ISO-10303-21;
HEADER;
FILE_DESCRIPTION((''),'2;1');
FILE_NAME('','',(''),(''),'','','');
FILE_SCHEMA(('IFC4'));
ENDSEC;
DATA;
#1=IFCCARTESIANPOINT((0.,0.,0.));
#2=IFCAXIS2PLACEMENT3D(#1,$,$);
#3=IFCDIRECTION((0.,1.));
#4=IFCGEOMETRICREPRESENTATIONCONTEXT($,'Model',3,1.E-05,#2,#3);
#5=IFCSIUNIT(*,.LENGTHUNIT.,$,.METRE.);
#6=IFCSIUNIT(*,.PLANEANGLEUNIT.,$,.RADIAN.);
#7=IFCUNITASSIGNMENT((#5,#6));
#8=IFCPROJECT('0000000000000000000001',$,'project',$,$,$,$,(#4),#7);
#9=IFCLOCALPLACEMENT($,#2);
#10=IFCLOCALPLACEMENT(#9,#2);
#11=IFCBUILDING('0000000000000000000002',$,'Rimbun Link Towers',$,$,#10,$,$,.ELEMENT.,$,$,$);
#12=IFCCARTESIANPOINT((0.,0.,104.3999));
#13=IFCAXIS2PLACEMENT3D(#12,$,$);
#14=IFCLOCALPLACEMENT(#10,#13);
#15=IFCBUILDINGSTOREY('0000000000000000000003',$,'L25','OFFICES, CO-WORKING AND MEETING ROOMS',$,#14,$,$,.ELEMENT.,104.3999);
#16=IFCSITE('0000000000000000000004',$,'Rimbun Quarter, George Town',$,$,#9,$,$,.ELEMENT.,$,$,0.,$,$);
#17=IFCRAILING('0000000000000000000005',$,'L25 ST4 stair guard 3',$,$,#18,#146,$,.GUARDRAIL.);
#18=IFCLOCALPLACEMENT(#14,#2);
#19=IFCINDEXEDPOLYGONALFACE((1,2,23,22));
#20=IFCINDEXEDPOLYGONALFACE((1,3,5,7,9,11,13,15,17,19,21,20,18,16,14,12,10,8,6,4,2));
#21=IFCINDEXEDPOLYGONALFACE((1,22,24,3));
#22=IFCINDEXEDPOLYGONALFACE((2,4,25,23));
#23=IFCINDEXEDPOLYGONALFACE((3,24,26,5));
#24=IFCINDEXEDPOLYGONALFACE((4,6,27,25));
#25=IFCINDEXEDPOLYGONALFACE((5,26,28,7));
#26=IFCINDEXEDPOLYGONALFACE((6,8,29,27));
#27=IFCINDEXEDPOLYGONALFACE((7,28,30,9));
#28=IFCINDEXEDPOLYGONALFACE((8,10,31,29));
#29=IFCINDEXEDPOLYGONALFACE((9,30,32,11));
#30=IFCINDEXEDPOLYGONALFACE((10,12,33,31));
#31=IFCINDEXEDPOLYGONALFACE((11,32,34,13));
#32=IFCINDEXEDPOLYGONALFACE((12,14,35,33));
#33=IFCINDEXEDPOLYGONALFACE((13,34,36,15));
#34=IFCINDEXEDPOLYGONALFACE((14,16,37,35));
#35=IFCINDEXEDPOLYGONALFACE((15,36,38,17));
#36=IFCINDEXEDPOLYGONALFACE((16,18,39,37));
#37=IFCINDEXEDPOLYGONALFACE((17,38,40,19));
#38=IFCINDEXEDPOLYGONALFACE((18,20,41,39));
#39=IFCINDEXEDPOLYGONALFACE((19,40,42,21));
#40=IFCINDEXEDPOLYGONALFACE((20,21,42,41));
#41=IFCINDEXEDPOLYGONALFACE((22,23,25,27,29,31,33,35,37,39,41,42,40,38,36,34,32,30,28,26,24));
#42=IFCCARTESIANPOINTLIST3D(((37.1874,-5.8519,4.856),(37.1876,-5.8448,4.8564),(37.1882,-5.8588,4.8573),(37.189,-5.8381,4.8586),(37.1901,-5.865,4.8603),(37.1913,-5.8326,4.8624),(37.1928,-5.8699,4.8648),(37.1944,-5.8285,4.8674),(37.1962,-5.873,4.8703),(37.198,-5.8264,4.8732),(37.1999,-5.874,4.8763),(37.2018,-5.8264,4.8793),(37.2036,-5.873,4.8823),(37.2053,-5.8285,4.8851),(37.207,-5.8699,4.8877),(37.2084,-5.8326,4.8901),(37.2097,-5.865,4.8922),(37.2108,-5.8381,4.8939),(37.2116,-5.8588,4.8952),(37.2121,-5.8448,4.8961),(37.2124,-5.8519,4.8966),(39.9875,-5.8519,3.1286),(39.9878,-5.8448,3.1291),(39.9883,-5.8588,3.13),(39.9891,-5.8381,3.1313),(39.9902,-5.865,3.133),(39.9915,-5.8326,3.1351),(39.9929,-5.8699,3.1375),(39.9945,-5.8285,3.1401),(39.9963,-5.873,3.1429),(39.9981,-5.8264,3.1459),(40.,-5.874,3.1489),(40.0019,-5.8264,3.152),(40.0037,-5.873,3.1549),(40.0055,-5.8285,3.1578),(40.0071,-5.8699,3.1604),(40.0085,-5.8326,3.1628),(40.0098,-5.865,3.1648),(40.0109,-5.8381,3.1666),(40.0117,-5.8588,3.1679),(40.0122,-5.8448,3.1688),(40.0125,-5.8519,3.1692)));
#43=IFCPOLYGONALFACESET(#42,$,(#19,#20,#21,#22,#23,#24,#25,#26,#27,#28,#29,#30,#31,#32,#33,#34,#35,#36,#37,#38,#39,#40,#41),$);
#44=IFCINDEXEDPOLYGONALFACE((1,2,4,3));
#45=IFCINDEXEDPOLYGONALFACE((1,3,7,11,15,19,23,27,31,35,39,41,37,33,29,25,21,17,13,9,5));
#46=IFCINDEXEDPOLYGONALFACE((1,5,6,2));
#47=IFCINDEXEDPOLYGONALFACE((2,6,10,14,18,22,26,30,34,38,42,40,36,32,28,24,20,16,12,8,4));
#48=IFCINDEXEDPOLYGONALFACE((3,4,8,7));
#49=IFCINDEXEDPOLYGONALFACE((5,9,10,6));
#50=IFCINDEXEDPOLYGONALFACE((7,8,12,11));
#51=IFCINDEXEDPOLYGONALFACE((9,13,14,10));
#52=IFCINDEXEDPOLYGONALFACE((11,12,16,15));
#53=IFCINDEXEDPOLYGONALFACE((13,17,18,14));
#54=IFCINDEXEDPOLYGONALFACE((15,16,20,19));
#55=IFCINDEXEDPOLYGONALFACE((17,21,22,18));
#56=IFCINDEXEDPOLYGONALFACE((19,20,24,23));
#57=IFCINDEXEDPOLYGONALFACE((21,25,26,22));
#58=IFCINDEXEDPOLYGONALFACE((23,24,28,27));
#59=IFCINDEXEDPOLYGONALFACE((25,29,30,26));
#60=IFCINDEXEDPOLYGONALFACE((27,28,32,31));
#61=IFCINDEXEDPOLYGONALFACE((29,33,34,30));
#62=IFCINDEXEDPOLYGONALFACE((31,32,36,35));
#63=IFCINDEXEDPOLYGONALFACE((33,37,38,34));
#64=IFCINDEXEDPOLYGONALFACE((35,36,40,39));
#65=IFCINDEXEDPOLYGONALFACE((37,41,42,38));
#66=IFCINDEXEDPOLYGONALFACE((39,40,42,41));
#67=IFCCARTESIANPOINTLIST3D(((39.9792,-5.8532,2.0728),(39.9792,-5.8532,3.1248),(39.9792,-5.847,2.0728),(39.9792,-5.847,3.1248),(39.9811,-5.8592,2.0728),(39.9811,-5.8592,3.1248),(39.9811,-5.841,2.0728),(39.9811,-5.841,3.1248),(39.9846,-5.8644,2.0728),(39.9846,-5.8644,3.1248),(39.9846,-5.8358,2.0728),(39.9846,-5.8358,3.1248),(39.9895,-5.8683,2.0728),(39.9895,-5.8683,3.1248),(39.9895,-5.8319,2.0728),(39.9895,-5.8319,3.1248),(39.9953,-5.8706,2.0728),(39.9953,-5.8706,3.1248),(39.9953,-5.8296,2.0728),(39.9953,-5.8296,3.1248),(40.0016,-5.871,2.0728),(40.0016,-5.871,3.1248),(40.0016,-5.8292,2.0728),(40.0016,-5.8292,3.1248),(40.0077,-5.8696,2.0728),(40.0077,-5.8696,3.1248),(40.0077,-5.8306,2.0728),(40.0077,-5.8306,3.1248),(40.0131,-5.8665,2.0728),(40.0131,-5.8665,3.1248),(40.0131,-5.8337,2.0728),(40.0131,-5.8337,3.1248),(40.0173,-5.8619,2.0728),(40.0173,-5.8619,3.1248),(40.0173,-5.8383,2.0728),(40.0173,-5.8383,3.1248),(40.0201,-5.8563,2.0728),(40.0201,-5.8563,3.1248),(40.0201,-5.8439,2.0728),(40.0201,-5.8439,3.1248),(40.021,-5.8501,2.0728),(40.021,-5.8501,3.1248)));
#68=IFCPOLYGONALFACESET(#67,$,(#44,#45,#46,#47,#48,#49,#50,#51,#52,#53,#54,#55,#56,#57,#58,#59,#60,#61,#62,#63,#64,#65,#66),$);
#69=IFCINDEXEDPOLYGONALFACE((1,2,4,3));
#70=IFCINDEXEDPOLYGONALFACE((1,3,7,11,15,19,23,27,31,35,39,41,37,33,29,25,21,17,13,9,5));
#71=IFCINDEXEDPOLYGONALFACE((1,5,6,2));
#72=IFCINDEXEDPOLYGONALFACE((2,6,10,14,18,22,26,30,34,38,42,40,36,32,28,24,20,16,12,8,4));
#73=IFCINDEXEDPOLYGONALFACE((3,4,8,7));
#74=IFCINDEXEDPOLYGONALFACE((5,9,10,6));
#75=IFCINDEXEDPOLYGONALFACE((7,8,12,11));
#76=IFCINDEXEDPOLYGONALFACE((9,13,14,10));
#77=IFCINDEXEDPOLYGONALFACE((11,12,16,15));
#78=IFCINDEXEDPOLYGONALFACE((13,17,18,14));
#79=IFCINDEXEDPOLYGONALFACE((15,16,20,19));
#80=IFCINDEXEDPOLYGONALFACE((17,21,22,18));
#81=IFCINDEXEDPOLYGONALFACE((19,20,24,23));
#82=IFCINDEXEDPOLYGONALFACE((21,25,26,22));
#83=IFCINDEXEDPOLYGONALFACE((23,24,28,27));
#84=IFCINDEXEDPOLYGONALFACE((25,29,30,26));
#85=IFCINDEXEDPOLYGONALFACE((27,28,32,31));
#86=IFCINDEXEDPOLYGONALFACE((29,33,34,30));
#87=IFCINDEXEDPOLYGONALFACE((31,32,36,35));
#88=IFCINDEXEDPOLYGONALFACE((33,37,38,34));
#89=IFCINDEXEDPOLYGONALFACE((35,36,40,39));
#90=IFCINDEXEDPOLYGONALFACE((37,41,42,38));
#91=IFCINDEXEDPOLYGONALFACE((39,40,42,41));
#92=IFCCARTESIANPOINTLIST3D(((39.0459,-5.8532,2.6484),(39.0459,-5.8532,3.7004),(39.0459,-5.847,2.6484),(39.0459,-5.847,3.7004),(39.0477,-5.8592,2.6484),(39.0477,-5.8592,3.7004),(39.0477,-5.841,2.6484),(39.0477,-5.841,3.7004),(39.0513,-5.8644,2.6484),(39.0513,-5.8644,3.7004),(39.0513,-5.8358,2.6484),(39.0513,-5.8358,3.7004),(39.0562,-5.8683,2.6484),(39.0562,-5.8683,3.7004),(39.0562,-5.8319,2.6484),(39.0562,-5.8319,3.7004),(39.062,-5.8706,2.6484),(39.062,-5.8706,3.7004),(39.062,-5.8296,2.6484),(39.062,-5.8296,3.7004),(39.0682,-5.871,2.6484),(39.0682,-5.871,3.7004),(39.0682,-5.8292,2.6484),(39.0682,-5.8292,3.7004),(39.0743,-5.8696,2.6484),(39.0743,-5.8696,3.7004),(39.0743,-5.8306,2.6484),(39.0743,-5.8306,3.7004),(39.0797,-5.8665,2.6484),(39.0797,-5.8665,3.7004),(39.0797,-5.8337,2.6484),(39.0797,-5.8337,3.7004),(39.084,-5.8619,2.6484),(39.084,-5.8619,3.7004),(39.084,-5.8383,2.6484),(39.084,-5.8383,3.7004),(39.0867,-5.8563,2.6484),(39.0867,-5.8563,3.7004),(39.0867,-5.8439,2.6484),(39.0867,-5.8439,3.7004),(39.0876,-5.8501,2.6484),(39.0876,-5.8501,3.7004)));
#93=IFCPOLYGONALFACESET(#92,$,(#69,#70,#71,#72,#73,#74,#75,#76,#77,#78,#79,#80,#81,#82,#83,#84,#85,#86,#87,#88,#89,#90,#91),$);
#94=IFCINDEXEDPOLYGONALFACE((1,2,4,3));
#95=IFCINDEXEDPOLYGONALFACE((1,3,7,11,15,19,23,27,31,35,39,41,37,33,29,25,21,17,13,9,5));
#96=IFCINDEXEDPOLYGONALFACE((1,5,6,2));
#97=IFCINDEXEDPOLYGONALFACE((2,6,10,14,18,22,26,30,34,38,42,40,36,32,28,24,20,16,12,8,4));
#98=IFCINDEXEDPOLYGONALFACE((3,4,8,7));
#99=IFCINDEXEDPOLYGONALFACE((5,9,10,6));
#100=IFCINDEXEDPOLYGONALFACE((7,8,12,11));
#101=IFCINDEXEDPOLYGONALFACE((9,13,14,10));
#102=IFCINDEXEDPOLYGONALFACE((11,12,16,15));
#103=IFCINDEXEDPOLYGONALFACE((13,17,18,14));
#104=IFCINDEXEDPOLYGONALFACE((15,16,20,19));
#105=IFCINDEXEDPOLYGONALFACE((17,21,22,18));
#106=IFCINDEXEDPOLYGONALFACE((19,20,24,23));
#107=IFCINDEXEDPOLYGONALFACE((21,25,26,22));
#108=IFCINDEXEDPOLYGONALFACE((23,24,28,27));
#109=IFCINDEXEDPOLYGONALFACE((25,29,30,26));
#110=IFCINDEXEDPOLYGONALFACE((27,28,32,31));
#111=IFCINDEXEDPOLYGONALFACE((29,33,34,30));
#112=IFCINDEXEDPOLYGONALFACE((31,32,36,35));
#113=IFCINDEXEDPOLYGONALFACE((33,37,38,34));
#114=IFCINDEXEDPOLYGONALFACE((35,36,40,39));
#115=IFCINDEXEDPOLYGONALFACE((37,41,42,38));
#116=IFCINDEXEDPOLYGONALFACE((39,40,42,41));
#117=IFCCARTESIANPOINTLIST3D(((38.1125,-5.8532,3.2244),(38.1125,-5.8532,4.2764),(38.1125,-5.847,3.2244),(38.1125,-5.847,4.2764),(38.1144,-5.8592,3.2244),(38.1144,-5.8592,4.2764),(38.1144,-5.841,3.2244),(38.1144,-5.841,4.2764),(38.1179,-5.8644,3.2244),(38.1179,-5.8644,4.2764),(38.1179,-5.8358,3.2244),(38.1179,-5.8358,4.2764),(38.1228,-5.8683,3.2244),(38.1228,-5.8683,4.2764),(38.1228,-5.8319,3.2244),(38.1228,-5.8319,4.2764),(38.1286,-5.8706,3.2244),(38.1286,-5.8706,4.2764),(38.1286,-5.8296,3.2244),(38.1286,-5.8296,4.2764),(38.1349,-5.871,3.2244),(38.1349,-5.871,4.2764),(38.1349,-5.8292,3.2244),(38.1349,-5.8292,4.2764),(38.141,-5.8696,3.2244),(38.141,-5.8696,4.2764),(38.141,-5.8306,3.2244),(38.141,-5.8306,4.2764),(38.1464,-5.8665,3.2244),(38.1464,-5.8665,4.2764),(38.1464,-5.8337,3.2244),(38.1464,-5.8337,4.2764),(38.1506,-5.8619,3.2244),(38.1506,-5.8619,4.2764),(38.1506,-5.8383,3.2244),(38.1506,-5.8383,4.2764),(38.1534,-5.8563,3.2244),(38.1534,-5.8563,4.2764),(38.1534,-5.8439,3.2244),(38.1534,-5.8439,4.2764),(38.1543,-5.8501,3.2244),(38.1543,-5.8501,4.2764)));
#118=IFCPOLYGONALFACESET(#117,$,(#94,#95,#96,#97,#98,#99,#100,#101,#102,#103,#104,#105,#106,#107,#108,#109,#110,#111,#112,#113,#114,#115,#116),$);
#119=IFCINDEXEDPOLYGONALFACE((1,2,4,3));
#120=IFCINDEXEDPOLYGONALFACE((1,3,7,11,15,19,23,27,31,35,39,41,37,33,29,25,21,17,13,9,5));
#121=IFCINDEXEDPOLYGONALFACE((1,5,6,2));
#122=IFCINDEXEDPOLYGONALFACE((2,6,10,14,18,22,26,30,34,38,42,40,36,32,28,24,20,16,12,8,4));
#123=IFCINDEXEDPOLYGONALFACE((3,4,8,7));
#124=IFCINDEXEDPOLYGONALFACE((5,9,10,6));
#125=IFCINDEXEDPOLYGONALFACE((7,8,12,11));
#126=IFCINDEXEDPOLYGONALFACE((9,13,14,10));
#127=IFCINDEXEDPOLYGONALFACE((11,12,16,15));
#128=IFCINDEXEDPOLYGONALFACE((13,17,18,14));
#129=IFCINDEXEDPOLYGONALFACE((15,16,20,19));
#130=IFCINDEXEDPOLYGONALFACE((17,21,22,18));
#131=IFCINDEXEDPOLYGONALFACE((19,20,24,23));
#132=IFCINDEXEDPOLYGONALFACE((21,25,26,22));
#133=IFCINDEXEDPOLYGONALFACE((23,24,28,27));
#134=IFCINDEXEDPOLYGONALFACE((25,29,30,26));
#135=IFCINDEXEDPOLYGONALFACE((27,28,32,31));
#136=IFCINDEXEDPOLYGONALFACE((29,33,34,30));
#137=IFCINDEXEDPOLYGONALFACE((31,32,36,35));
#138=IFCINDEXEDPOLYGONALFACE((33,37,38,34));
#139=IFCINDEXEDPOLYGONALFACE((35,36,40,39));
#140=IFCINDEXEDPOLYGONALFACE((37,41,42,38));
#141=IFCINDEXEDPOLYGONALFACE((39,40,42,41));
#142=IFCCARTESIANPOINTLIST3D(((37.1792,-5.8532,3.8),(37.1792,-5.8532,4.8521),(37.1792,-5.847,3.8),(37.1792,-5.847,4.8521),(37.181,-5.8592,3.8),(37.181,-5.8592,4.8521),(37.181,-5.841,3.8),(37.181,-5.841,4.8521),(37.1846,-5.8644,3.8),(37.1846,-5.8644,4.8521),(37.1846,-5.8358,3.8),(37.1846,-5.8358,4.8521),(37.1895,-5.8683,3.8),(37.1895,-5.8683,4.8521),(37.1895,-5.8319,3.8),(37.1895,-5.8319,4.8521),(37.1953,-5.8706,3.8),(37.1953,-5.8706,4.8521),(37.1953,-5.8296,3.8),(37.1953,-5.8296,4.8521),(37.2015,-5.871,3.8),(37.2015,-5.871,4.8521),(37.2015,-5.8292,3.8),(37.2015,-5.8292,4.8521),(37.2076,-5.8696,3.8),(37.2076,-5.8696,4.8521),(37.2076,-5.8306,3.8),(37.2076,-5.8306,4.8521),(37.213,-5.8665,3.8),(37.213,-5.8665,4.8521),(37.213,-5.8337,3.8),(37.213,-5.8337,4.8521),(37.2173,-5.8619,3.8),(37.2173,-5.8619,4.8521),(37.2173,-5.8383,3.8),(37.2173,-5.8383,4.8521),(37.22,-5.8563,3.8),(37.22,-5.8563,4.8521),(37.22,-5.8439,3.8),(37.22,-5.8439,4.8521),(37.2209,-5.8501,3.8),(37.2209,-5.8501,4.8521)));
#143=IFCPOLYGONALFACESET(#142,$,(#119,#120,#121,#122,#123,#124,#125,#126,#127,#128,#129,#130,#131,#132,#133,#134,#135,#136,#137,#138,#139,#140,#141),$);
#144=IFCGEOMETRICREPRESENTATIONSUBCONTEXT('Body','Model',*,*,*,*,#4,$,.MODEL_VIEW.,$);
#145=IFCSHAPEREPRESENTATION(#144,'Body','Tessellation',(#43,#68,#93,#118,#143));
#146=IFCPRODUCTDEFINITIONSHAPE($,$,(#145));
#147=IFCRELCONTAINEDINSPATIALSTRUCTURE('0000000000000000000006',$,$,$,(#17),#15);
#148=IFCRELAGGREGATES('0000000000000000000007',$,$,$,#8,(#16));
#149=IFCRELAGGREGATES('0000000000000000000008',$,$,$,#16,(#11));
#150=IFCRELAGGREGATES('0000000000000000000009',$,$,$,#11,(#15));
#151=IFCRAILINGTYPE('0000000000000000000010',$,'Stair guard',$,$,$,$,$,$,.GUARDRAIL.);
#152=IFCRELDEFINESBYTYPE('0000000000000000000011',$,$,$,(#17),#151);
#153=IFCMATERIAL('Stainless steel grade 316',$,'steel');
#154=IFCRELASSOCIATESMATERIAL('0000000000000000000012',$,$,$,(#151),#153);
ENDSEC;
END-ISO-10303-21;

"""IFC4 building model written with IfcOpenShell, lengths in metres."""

from ifc_helpers import new_model, si_unit, direction, frame, origin, origin_2d, place, context, subcontext, project, spatial, circle, extrude, material, type_object, element, save


model = new_model("IFC4")

# Units and contexts
model_context = context("Model", 3, precision=1e-05, world=origin(), true_north=direction((0.0, 1.0)))
body_context = subcontext(model_context, "Body", "Model", "MODEL_VIEW")
ifc_project = project(units=[si_unit("LENGTHUNIT", "METRE"), si_unit("PLANEANGLEUNIT", "RADIAN")], contexts=[model_context])

# Site, building, storey
site_placement = place(None, origin())
site = spatial("IfcSite", under=ifc_project, at=site_placement, Name="Rimbun Quarter, George Town", CompositionType="ELEMENT", RefElevation=0.0)
building_placement = place(site_placement, origin())
building = spatial("IfcBuilding", under=site, at=building_placement, Name="Rimbun Link Towers", CompositionType="ELEMENT")
storey_placement = place(building_placement, frame((0.0, 0.0, 104.3999)))
storey = spatial("IfcBuildingStorey", under=building, at=storey_placement, Name="L25", Description="OFFICES, CO-WORKING AND MEETING ROOMS", CompositionType="ELEMENT", Elevation=104.3999)

# Railing
ifc_material_1 = material(Name="Stainless steel grade 316", Category="steel")
railing_type_1 = type_object("IfcRailingType", Name="Stair guard", PredefinedType="GUARDRAIL", material=ifc_material_1)
railing_1_placement = place(storey_placement, frame((40.0, -5.8501, 2.0728)))
element("IfcRailing", 1, at=railing_1_placement, inside=storey, type_object=railing_type_1, Name="L25 ST4 stair guard 3", PredefinedType="GUARDRAIL", context=body_context, shape_type="SweptSolid", body=[
    extrude(circle(Radius=0.0239, at=origin_2d()), frame((0.0, 0.0, 1.0762), z_axis=(-0.85109, 0.0, 0.52502), x_axis=(0.0, -1.0, 0.0)), (0.0, 0.0, 1.0), 3.29),
    extrude(circle(Radius=0.021, at=origin_2d()), origin(), (0.0, 0.0, 1.0), 1.052),
    extrude(circle(Radius=0.021, at=origin_2d()), frame((-0.9333, 0.0, 0.5757)), (0.0, 0.0, 1.0), 1.052),
    extrude(circle(Radius=0.021, at=origin_2d()), frame((-1.8667, 0.0, 1.1516)), (0.0, 0.0, 1.0), 1.052),
    extrude(circle(Radius=0.021, at=origin_2d()), frame((-2.8, 0.0, 1.7273)), (0.0, 0.0, 1.0), 1.052),
])

save(model, "model.ifc")
